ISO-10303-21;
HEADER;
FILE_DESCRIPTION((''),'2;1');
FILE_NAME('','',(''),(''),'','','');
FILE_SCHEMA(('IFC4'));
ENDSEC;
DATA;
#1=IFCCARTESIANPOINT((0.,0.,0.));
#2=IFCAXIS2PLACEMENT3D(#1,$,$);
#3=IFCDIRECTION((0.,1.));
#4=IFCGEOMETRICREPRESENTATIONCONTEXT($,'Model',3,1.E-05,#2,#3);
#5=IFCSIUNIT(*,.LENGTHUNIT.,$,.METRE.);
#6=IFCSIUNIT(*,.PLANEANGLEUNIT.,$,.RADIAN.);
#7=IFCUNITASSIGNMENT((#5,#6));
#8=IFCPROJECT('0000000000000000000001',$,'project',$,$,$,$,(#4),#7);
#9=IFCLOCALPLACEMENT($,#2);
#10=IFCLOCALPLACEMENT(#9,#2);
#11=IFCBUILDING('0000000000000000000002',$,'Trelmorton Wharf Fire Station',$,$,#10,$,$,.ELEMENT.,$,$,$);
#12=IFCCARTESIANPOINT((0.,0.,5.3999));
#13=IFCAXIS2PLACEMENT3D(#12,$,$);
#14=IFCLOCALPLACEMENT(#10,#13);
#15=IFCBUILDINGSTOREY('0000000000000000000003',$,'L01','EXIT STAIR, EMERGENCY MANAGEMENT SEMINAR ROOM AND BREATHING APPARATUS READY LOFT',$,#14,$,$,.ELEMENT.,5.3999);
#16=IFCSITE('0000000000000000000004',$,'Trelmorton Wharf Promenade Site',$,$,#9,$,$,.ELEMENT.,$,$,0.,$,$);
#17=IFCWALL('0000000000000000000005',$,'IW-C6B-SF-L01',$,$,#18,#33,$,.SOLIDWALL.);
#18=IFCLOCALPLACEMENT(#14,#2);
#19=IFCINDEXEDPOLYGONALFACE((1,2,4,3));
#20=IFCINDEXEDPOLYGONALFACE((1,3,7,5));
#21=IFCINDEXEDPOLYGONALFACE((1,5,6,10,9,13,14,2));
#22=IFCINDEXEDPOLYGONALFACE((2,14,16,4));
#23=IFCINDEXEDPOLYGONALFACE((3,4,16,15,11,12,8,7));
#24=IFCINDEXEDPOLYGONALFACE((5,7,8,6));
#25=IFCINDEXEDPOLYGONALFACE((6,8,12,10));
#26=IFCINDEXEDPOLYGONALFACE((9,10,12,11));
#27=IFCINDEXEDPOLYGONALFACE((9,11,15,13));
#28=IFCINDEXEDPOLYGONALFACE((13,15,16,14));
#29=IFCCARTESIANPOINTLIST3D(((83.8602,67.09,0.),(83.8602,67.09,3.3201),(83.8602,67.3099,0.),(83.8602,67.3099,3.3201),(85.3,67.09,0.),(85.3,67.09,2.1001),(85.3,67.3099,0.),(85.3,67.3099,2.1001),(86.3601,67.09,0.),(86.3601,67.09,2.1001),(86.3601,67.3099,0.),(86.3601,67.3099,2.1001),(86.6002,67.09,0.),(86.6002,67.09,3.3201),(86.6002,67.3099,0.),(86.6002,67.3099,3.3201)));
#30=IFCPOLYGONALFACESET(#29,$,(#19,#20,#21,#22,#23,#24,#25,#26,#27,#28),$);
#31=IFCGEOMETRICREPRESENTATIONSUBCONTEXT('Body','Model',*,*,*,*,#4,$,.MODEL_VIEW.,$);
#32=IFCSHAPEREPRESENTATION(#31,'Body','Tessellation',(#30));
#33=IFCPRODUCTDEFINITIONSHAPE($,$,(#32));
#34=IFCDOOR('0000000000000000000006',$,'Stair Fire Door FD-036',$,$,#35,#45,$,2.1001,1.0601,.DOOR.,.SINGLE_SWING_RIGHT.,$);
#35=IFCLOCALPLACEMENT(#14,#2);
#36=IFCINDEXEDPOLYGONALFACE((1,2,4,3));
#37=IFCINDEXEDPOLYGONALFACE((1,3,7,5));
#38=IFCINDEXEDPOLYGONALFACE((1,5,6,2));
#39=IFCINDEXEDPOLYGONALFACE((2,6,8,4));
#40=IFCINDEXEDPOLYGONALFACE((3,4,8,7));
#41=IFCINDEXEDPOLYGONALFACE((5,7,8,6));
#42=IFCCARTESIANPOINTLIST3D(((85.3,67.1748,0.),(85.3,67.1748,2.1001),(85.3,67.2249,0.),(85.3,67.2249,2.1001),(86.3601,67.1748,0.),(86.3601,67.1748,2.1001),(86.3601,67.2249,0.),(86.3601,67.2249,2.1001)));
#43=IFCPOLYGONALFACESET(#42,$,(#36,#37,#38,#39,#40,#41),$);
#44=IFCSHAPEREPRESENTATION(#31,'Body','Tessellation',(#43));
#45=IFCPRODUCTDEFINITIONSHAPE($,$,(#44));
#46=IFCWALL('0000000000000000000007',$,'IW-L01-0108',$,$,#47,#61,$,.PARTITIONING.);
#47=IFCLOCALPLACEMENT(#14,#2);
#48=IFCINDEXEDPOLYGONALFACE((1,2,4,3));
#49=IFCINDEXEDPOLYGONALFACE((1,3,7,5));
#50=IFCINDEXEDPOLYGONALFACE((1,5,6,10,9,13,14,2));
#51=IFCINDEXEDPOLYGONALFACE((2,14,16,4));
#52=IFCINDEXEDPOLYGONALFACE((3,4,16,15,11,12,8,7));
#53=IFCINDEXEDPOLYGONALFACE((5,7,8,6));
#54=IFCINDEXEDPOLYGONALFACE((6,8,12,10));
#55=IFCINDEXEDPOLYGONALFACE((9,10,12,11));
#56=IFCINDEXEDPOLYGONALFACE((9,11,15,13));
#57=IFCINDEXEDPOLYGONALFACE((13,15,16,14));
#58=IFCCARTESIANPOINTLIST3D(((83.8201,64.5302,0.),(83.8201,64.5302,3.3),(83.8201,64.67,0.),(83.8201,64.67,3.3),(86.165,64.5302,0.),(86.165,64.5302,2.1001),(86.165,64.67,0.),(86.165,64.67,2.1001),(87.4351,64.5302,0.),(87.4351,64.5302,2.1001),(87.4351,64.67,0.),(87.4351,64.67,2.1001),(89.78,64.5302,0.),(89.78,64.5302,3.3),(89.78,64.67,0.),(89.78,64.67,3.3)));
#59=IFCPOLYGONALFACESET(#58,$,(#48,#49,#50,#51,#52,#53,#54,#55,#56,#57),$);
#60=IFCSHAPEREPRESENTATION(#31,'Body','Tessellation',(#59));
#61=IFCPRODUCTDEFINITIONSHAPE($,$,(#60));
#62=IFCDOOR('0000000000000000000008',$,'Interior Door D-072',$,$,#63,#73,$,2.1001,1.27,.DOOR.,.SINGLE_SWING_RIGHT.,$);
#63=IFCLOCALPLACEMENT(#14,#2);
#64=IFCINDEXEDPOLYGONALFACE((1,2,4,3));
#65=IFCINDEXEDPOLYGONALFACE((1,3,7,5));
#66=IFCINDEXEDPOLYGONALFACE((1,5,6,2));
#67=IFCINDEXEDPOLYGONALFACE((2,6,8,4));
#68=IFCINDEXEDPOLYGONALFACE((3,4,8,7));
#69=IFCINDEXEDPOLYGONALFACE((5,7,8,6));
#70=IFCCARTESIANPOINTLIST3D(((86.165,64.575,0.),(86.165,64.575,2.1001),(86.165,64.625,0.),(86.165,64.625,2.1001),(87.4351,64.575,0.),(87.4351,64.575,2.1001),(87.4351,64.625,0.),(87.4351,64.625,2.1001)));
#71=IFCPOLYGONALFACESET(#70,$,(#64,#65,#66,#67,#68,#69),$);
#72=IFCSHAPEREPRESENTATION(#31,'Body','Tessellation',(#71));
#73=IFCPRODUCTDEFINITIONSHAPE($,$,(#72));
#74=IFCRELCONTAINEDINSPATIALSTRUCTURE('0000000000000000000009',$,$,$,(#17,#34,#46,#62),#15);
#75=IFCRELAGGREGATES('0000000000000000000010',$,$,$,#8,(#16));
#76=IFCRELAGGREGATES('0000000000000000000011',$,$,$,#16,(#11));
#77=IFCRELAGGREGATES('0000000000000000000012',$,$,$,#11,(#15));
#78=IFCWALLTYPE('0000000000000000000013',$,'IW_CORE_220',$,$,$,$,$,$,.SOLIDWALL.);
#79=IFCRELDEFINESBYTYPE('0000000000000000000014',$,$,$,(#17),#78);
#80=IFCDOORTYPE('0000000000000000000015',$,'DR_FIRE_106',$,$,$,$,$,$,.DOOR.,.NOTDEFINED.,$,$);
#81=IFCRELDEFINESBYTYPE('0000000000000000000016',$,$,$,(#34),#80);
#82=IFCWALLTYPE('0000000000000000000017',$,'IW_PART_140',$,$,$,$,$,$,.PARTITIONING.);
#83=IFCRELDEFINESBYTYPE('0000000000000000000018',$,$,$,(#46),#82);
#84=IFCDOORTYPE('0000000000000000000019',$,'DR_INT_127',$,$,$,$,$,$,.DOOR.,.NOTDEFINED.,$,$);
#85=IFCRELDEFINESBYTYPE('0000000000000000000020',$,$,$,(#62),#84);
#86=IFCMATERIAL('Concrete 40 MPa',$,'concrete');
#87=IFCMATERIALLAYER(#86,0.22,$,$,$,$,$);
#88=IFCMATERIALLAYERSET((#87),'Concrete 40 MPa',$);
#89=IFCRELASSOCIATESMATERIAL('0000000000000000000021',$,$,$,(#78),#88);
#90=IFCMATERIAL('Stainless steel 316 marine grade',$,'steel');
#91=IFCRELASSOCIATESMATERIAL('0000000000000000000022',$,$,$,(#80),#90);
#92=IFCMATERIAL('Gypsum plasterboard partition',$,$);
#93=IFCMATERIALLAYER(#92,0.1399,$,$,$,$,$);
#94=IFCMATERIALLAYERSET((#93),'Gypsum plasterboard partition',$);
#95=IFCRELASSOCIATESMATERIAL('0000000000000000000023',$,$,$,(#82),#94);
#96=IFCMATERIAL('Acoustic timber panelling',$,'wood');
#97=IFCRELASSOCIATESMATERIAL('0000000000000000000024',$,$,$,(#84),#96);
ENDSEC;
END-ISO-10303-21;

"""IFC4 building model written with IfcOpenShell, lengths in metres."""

from ifc_helpers import new_model, si_unit, direction, frame, frame_2d, origin, place, context, subcontext, project, spatial, rectangle, extrude, material, layer, layer_set, type_object, element, fill, save


model = new_model("IFC4")

# Units and contexts
model_context = context("Model", 3, precision=1e-05, world=origin(), true_north=direction((0.0, 1.0)))
body_context = subcontext(model_context, "Body", "Model", "MODEL_VIEW")
ifc_project = project(units=[si_unit("LENGTHUNIT", "METRE"), si_unit("PLANEANGLEUNIT", "RADIAN")], contexts=[model_context])

# Site, building, storey
site_placement = place(None, origin())
site = spatial("IfcSite", under=ifc_project, at=site_placement, Name="Trelmorton Wharf Promenade Site", CompositionType="ELEMENT", RefElevation=0.0)
building_placement = place(site_placement, origin())
building = spatial("IfcBuilding", under=site, at=building_placement, Name="Trelmorton Wharf Fire Station", CompositionType="ELEMENT")
storey_placement = place(building_placement, frame((0.0, 0.0, 5.3999)))
storey = spatial("IfcBuildingStorey", under=building, at=storey_placement, Name="L01", Description="EXIT STAIR, EMERGENCY MANAGEMENT SEMINAR ROOM AND BREATHING APPARATUS READY LOFT", CompositionType="ELEMENT", Elevation=5.3999)

# Shared definitions
ifc_material_1 = material(Name="Gypsum plasterboard partition")

# Walls, openings, doors
ifc_material_2 = material(Name="Concrete 40 MPa", Category="concrete")
ifc_layer_1 = layer(ifc_material_2, 0.22)
ifc_layer_set_1 = layer_set([ifc_layer_1], Name="Concrete 40 MPa")
wall_type_1 = type_object("IfcWallType", Name="IW_CORE_220", PredefinedType="SOLIDWALL", material=ifc_layer_set_1)
wall_1_placement = place(storey_placement, frame((83.8601, 67.2, 0.0), z_axis=(0.0, 0.0, 1.0), x_axis=(1.0, 0.0, 0.0)))
wall_1 = element("IfcWall", 1, at=wall_1_placement, inside=storey, type_object=wall_type_1, Name="IW-C6B-SF-L01", PredefinedType="SOLIDWALL", context=body_context, shape_type="SweptSolid", body=[
    extrude(rectangle(XDim=2.74, YDim=0.22, at=frame_2d((1.3701, 0.0))), origin(), (0.0, 0.0, 1.0), 3.3201),
])
opening_1_placement = place(wall_1_placement, frame((1.4399, 0.0, 0.0)))
opening_1 = element("IfcOpeningElement", 2, at=opening_1_placement, cuts=wall_1, PredefinedType="OPENING", context=body_context, shape_type="SweptSolid", body=[
    extrude(rectangle(XDim=1.0601, YDim=2.1001, at=frame_2d((0.53, 1.05))), frame((0.0, 0.1201, 0.0), z_axis=(0.0, -1.0, 0.0), x_axis=(1.0, 0.0, 0.0)), (0.0, 0.0, 1.0), 0.24),
])
ifc_material_3 = material(Name="Stainless steel 316 marine grade", Category="steel")
door_type_1 = type_object("IfcDoorType", Name="DR_FIRE_106", OperationType="NOTDEFINED", PredefinedType="DOOR", material=ifc_material_3)
door_1_placement = place(opening_1_placement, origin())
door_1 = element("IfcDoor", 3, at=door_1_placement, inside=storey, type_object=door_type_1, Name="Stair Fire Door FD-036", OperationType="SINGLE_SWING_RIGHT", OverallHeight=2.1001, OverallWidth=1.0601, PredefinedType="DOOR", context=body_context, shape_type="SweptSolid", body=[
    extrude(rectangle(XDim=1.0601, YDim=2.1001, at=frame_2d((0.53, 1.05))), frame((0.0, 0.0249, 0.0), z_axis=(0.0, -1.0, 0.0), x_axis=(1.0, 0.0, 0.0)), (0.0, 0.0, 1.0), 0.05),
])
fill(opening_1, door_1)
ifc_layer_2 = layer(ifc_material_1, 0.1399)
ifc_layer_set_2 = layer_set([ifc_layer_2], Name="Gypsum plasterboard partition")
wall_type_2 = type_object("IfcWallType", Name="IW_PART_140", PredefinedType="PARTITIONING", material=ifc_layer_set_2)
wall_2_placement = place(storey_placement, frame((83.8201, 64.6001, 0.0), z_axis=(0.0, 0.0, 1.0), x_axis=(1.0, 0.0, 0.0)))
wall_2 = element("IfcWall", 4, at=wall_2_placement, inside=storey, type_object=wall_type_2, Name="IW-L01-0108", PredefinedType="PARTITIONING", context=body_context, shape_type="SweptSolid", body=[
    extrude(rectangle(XDim=5.96, YDim=0.1399, at=frame_2d((2.98, 0.0))), origin(), (0.0, 0.0, 1.0), 3.3),
])
opening_2_placement = place(wall_2_placement, frame((2.345, 0.0, 0.0)))
opening_2 = element("IfcOpeningElement", 5, at=opening_2_placement, cuts=wall_2, PredefinedType="OPENING", context=body_context, shape_type="SweptSolid", body=[
    extrude(rectangle(XDim=1.27, YDim=2.1001, at=frame_2d((0.635, 1.05))), frame((0.0, 0.0801, 0.0), z_axis=(0.0, -1.0, 0.0), x_axis=(1.0, 0.0, 0.0)), (0.0, 0.0, 1.0), 0.1599),
])
ifc_material_4 = material(Name="Acoustic timber panelling", Category="wood")
door_type_2 = type_object("IfcDoorType", Name="DR_INT_127", OperationType="NOTDEFINED", PredefinedType="DOOR", material=ifc_material_4)
door_2_placement = place(opening_2_placement, origin())
door_2 = element("IfcDoor", 6, at=door_2_placement, inside=storey, type_object=door_type_2, Name="Interior Door D-072", OperationType="SINGLE_SWING_RIGHT", OverallHeight=2.1001, OverallWidth=1.27, PredefinedType="DOOR", context=body_context, shape_type="SweptSolid", body=[
    extrude(rectangle(XDim=1.27, YDim=2.1001, at=frame_2d((0.635, 1.05))), frame((0.0, 0.0249, 0.0), z_axis=(0.0, -1.0, 0.0), x_axis=(1.0, 0.0, 0.0)), (0.0, 0.0, 1.0), 0.05),
])
fill(opening_2, door_2)

save(model, "model.ifc")
